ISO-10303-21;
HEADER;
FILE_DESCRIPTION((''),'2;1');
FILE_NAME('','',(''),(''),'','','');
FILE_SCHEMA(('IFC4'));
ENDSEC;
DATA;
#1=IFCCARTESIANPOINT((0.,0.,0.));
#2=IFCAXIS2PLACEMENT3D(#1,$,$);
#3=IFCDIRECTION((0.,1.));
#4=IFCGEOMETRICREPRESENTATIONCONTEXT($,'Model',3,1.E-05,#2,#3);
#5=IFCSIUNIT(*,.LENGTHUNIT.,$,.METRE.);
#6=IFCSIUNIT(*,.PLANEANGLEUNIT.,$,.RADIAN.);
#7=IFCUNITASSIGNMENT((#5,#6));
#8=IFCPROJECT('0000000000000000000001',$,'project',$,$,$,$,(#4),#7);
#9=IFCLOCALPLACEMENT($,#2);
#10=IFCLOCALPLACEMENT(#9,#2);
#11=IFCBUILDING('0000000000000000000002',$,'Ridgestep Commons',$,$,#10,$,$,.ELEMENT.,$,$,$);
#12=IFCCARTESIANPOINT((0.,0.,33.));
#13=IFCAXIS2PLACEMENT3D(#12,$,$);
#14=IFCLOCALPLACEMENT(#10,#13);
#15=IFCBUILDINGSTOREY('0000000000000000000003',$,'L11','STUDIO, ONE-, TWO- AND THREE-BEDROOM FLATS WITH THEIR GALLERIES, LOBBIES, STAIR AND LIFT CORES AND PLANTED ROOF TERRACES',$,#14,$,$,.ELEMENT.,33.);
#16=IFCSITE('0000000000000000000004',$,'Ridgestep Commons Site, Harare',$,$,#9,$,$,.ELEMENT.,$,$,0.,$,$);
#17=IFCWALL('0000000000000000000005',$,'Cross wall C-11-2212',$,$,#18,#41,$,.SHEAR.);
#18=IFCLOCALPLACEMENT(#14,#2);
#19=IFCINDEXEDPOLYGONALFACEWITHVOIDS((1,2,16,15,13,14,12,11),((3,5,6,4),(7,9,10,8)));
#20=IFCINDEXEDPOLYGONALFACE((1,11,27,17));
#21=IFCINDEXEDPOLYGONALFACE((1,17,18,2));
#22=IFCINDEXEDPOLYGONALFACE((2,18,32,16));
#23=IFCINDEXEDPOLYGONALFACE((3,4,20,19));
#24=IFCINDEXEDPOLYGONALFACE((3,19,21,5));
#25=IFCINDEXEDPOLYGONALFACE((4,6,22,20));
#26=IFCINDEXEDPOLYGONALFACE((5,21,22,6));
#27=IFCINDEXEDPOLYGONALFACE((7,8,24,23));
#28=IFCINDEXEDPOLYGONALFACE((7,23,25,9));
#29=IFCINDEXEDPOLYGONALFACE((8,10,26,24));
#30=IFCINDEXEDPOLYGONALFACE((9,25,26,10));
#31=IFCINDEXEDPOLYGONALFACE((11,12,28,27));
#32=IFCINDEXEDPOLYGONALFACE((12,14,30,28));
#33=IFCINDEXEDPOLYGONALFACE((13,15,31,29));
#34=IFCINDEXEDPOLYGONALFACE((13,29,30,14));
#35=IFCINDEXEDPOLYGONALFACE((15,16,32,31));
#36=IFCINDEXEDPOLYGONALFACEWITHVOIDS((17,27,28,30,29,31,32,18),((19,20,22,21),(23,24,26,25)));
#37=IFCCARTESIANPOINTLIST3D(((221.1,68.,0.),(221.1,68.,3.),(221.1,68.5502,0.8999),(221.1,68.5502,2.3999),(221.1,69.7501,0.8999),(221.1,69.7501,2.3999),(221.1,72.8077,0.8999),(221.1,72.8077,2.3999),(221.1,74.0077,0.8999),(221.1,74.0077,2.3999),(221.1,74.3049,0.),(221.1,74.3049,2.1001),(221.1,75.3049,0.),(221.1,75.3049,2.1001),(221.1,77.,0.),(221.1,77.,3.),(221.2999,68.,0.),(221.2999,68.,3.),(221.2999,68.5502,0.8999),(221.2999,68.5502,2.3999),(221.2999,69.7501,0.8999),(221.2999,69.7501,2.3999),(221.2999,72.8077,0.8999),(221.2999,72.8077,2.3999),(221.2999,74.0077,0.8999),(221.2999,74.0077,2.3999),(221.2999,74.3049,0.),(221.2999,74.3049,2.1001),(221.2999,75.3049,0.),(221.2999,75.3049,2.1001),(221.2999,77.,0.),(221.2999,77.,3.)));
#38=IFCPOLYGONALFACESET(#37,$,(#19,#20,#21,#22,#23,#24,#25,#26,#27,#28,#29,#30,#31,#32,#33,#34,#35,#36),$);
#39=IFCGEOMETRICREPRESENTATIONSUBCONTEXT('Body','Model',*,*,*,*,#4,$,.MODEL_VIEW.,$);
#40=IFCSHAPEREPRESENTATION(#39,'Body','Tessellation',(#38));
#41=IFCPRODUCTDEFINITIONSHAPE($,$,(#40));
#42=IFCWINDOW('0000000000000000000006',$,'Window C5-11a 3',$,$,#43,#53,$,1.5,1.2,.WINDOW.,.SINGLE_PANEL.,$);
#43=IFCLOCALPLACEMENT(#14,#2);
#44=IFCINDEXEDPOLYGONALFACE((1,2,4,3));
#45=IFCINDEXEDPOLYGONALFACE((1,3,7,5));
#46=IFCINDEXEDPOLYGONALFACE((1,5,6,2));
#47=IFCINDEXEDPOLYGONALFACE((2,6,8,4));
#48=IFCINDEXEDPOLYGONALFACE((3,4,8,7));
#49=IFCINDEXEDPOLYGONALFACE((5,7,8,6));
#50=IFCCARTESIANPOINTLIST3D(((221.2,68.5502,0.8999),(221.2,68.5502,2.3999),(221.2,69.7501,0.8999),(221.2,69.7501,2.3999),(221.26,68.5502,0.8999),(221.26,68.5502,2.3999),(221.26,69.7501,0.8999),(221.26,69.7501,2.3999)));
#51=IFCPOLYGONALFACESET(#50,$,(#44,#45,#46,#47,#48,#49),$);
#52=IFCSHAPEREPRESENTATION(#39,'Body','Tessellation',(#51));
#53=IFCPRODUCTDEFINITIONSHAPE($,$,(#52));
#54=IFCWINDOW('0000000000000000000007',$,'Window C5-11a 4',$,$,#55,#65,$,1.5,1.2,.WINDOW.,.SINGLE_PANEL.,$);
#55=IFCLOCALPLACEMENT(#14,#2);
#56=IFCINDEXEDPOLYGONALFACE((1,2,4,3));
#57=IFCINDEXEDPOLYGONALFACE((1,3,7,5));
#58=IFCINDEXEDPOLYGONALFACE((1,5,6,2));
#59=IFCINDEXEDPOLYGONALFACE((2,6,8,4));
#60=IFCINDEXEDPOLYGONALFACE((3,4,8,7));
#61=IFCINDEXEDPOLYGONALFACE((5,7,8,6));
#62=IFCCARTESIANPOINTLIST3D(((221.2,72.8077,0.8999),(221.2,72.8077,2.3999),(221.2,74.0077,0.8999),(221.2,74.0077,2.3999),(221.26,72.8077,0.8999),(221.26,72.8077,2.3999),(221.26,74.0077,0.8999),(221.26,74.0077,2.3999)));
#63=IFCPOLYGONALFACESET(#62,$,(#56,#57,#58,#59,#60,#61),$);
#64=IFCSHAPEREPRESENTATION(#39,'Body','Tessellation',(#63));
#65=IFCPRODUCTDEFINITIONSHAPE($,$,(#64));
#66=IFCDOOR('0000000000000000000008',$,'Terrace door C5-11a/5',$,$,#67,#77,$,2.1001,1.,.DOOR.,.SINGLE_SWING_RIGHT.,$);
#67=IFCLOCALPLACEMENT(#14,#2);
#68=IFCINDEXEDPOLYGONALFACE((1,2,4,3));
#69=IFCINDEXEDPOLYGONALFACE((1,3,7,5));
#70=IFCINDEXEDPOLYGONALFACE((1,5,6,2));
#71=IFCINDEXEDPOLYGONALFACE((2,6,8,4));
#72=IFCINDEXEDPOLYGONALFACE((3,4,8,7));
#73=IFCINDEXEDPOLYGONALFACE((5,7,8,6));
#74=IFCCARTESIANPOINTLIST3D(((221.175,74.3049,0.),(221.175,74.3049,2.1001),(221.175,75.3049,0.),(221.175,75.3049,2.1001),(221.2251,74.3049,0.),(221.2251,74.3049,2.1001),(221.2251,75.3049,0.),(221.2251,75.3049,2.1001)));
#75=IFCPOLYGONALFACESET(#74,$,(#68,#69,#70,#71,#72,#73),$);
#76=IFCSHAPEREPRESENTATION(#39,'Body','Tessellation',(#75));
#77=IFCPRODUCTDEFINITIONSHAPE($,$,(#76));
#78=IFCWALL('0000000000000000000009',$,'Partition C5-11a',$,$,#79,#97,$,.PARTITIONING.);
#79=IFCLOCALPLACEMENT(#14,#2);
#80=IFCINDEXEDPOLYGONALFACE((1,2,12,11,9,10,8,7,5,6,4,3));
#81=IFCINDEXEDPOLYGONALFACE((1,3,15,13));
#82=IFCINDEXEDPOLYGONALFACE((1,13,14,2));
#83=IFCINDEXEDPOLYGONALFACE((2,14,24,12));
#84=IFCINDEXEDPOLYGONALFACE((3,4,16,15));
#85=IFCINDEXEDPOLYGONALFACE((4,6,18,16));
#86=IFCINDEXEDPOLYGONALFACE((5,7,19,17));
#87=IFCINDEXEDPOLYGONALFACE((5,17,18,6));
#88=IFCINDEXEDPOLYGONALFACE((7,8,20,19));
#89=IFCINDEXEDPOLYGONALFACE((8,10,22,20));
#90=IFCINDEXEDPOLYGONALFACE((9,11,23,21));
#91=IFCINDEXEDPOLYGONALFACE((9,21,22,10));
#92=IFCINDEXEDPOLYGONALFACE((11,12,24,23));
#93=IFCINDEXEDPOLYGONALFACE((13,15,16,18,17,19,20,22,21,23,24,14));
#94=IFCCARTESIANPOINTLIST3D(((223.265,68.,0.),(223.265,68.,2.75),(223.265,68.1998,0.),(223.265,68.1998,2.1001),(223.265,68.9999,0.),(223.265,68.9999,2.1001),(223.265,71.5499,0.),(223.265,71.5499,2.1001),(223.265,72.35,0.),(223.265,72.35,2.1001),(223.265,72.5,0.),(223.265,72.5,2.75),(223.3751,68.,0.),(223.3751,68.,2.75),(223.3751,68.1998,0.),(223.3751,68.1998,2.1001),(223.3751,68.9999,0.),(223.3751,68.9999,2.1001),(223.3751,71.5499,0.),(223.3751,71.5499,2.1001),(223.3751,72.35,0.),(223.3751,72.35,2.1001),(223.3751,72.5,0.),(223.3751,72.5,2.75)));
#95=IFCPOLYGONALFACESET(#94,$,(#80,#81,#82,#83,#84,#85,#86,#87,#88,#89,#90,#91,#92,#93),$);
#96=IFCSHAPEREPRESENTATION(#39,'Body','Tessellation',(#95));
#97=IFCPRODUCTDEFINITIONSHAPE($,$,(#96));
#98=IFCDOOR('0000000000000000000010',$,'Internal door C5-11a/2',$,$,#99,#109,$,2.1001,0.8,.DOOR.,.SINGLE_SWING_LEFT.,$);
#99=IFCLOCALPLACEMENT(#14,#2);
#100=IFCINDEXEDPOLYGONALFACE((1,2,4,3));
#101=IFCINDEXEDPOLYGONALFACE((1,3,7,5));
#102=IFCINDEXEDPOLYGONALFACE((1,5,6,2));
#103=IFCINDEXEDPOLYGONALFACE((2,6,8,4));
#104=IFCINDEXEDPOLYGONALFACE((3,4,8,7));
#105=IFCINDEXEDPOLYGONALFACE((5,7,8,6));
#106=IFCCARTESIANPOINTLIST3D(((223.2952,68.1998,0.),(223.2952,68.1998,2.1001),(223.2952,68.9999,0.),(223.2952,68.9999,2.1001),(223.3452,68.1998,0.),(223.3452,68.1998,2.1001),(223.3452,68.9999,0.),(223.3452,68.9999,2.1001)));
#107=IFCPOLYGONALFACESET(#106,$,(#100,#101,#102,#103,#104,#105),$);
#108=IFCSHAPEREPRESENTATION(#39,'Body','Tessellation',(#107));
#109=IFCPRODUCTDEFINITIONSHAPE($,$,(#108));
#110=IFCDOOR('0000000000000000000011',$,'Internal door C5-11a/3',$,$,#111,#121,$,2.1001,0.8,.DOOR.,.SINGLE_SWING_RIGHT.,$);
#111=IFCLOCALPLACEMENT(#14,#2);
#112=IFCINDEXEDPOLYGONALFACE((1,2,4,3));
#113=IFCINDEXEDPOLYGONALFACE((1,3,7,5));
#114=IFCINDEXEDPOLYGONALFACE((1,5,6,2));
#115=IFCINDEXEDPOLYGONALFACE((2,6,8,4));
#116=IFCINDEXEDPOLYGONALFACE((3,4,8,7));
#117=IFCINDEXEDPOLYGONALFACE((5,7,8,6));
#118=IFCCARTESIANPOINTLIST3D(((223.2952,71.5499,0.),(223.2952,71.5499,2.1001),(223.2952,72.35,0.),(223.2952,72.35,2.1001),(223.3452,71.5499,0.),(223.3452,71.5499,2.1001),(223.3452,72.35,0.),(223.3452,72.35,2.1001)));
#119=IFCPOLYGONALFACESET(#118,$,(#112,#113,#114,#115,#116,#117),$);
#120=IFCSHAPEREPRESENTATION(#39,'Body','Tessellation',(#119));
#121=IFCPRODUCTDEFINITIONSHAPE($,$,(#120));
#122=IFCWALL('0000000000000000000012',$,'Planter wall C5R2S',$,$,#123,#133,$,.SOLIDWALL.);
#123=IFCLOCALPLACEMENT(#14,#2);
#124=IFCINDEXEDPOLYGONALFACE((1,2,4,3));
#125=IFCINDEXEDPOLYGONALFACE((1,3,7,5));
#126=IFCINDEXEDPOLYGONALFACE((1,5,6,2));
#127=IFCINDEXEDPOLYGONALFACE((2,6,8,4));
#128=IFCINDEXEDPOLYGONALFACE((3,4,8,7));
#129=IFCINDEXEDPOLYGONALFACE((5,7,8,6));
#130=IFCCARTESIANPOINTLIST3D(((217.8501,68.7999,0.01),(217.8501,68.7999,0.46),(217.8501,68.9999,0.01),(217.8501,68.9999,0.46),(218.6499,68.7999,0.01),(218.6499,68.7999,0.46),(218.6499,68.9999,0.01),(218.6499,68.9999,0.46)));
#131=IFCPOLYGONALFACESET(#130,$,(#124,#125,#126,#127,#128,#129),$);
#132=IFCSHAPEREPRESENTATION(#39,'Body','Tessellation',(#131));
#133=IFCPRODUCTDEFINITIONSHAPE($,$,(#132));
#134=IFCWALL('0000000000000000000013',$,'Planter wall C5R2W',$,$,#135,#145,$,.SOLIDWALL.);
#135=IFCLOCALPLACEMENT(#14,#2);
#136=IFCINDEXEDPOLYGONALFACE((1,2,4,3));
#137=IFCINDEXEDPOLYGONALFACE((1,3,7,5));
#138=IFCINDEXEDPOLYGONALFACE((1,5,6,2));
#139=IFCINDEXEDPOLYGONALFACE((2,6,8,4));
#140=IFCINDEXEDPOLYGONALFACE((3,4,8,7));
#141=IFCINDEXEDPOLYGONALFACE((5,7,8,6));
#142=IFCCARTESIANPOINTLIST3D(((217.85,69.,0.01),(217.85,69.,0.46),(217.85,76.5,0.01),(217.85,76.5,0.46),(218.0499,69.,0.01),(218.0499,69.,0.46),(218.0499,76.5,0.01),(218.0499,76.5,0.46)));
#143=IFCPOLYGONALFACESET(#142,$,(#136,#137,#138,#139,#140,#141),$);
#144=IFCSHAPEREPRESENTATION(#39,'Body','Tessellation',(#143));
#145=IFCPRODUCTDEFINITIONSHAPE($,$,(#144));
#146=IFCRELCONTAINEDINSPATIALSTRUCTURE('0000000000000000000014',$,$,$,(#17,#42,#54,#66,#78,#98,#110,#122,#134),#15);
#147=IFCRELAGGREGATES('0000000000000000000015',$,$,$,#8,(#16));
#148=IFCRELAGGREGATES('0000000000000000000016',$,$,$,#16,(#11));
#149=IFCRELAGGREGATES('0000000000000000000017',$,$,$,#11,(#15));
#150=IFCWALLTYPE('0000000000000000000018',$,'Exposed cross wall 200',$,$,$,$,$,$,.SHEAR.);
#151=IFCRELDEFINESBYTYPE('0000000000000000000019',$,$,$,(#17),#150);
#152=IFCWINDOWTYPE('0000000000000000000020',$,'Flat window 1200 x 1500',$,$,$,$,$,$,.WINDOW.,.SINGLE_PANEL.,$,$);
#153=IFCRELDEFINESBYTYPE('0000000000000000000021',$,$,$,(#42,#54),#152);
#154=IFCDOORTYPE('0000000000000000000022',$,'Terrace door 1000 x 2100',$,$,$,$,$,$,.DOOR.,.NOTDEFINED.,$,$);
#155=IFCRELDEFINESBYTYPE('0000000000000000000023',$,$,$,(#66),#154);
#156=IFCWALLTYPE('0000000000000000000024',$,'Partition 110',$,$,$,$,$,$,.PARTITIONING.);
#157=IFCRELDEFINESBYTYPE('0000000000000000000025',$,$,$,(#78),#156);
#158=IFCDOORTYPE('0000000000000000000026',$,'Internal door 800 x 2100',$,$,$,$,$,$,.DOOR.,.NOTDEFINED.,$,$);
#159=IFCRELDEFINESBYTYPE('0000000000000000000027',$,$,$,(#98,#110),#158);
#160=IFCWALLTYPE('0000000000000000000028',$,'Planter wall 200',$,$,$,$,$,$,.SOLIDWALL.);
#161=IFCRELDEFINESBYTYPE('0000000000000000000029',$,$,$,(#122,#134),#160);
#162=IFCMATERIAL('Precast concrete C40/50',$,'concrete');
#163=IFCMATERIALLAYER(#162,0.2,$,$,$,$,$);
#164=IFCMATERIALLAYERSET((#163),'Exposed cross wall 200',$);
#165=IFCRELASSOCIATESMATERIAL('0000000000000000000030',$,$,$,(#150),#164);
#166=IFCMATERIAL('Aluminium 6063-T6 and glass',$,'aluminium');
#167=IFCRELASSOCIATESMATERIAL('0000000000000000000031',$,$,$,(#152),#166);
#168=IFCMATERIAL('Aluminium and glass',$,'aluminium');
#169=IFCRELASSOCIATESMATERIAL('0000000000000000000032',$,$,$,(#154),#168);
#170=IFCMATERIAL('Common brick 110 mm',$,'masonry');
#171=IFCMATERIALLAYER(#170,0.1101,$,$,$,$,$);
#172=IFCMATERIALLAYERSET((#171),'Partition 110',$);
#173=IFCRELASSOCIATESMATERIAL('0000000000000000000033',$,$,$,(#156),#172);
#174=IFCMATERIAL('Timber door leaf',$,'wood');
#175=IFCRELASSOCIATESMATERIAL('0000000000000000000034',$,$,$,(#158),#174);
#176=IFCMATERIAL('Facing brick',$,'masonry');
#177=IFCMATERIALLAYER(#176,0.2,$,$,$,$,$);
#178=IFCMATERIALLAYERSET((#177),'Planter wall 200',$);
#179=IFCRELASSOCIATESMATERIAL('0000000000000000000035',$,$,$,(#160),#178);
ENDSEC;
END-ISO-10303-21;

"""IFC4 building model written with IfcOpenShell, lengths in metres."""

from ifc_helpers import new_model, si_unit, direction, frame, frame_2d, origin, place, context, subcontext, project, spatial, rectangle, extrude, material, layer, layer_set, type_object, element, fill, save


model = new_model("IFC4")

# Units and contexts
model_context = context("Model", 3, precision=1e-05, world=origin(), true_north=direction((0.0, 1.0)))
body_context = subcontext(model_context, "Body", "Model", "MODEL_VIEW")
ifc_project = project(units=[si_unit("LENGTHUNIT", "METRE"), si_unit("PLANEANGLEUNIT", "RADIAN")], contexts=[model_context])

# Site, building, storey
site_placement = place(None, origin())
site = spatial("IfcSite", under=ifc_project, at=site_placement, Name="Ridgestep Commons Site, Harare", CompositionType="ELEMENT", RefElevation=0.0)
building_placement = place(site_placement, origin())
building = spatial("IfcBuilding", under=site, at=building_placement, Name="Ridgestep Commons", CompositionType="ELEMENT")
storey_placement = place(building_placement, frame((0.0, 0.0, 33.0)))
storey = spatial("IfcBuildingStorey", under=building, at=storey_placement, Name="L11", Description="STUDIO, ONE-, TWO- AND THREE-BEDROOM FLATS WITH THEIR GALLERIES, LOBBIES, STAIR AND LIFT CORES AND PLANTED ROOF TERRACES", CompositionType="ELEMENT", Elevation=33.0)

# Wall, openings, windows, door
ifc_material_1 = material(Name="Precast concrete C40/50", Category="concrete")
ifc_layer_1 = layer(ifc_material_1, 0.2)
ifc_layer_set_1 = layer_set([ifc_layer_1], Name="Exposed cross wall 200")
wall_type_1 = type_object("IfcWallType", Name="Exposed cross wall 200", PredefinedType="SHEAR", material=ifc_layer_set_1)
wall_1_placement = place(storey_placement, frame((221.2, 68.0, 0.0), z_axis=(0.0, 0.0, 1.0), x_axis=(0.0, 1.0, 0.0)))
wall_1 = element("IfcWall", 1, at=wall_1_placement, inside=storey, type_object=wall_type_1, Name="Cross wall C-11-2212", PredefinedType="SHEAR", context=body_context, shape_type="SweptSolid", body=[
    extrude(rectangle(XDim=9.0, YDim=0.2, at=frame_2d((4.5, 0.0))), origin(), (0.0, 0.0, 1.0), 3.0),
])
opening_1_placement = place(wall_1_placement, frame((0.55, 0.0, 0.8999)))
opening_1 = element("IfcOpeningElement", 2, at=opening_1_placement, cuts=wall_1, PredefinedType="OPENING", context=body_context, shape_type="SweptSolid", body=[
    extrude(rectangle(XDim=1.2, YDim=1.5, at=frame_2d((0.6001, 0.75))), frame((0.0, 0.1099, 0.0), z_axis=(0.0, -1.0, 0.0), x_axis=(1.0, 0.0, 0.0)), (0.0, 0.0, 1.0), 0.22),
])
opening_2_placement = place(wall_1_placement, frame((4.8076, 0.0, 0.8999)))
opening_2 = element("IfcOpeningElement", 3, at=opening_2_placement, cuts=wall_1, PredefinedType="OPENING", context=body_context, shape_type="SweptSolid", body=[
    extrude(rectangle(XDim=1.2, YDim=1.5, at=frame_2d((0.6001, 0.75))), frame((0.0, 0.1099, 0.0), z_axis=(0.0, -1.0, 0.0), x_axis=(1.0, 0.0, 0.0)), (0.0, 0.0, 1.0), 0.22),
])
opening_3_placement = place(wall_1_placement, frame((6.3049, 0.0, 0.0)))
opening_3 = element("IfcOpeningElement", 4, at=opening_3_placement, cuts=wall_1, PredefinedType="OPENING", context=body_context, shape_type="SweptSolid", body=[
    extrude(rectangle(XDim=1.0, YDim=2.1001, at=frame_2d((0.5, 1.05))), frame((0.0, 0.1099, 0.0), z_axis=(0.0, -1.0, 0.0), x_axis=(1.0, 0.0, 0.0)), (0.0, 0.0, 1.0), 0.22),
])
ifc_material_2 = material(Name="Aluminium 6063-T6 and glass", Category="aluminium")
window_type_1 = type_object("IfcWindowType", Name="Flat window 1200 x 1500", PartitioningType="SINGLE_PANEL", PredefinedType="WINDOW", material=ifc_material_2)
window_1_placement = place(opening_1_placement, origin())
window_1 = element("IfcWindow", 5, at=window_1_placement, inside=storey, type_object=window_type_1, Name="Window C5-11a 3", OverallHeight=1.5, OverallWidth=1.2, PartitioningType="SINGLE_PANEL", PredefinedType="WINDOW", context=body_context, shape_type="SweptSolid", body=[
    extrude(rectangle(XDim=1.2, YDim=1.5, at=frame_2d((0.6001, 0.75))), frame((0.0, 0.0, 0.0), z_axis=(0.0, -1.0, 0.0), x_axis=(1.0, 0.0, 0.0)), (0.0, 0.0, 1.0), 0.0601),
])
fill(opening_1, window_1)
window_2_placement = place(opening_2_placement, origin())
window_2 = element("IfcWindow", 6, at=window_2_placement, inside=storey, type_object=window_type_1, Name="Window C5-11a 4", OverallHeight=1.5, OverallWidth=1.2, PartitioningType="SINGLE_PANEL", PredefinedType="WINDOW", context=body_context, shape_type="SweptSolid", body=[
    extrude(rectangle(XDim=1.2, YDim=1.5, at=frame_2d((0.6001, 0.75))), frame((0.0, 0.0, 0.0), z_axis=(0.0, -1.0, 0.0), x_axis=(1.0, 0.0, 0.0)), (0.0, 0.0, 1.0), 0.0601),
])
fill(opening_2, window_2)
ifc_material_3 = material(Name="Aluminium and glass", Category="aluminium")
door_type_1 = type_object("IfcDoorType", Name="Terrace door 1000 x 2100", OperationType="NOTDEFINED", PredefinedType="DOOR", material=ifc_material_3)
door_1_placement = place(opening_3_placement, origin())
door_1 = element("IfcDoor", 7, at=door_1_placement, inside=storey, type_object=door_type_1, Name="Terrace door C5-11a/5", OperationType="SINGLE_SWING_RIGHT", OverallHeight=2.1001, OverallWidth=1.0, PredefinedType="DOOR", context=body_context, shape_type="SweptSolid", body=[
    extrude(rectangle(XDim=1.0, YDim=2.1001, at=frame_2d((0.5, 1.05))), frame((0.0, 0.0249, 0.0), z_axis=(0.0, -1.0, 0.0), x_axis=(1.0, 0.0, 0.0)), (0.0, 0.0, 1.0), 0.05),
])
fill(opening_3, door_1)

# Wall, openings, doors
ifc_material_4 = material(Name="Common brick 110 mm", Category="masonry")
ifc_layer_2 = layer(ifc_material_4, 0.1101)
ifc_layer_set_2 = layer_set([ifc_layer_2], Name="Partition 110")
wall_type_2 = type_object("IfcWallType", Name="Partition 110", PredefinedType="PARTITIONING", material=ifc_layer_set_2)
wall_2_placement = place(storey_placement, frame((223.3201, 68.0, 0.0), z_axis=(0.0, 0.0, 1.0), x_axis=(0.0, 1.0, 0.0)))
wall_2 = element("IfcWall", 8, at=wall_2_placement, inside=storey, type_object=wall_type_2, Name="Partition C5-11a", PredefinedType="PARTITIONING", context=body_context, shape_type="SweptSolid", body=[
    extrude(rectangle(XDim=4.5, YDim=0.1101, at=frame_2d((2.25, 0.0))), origin(), (0.0, 0.0, 1.0), 2.75),
])
opening_4_placement = place(wall_2_placement, frame((0.2, 0.0, 0.0)))
opening_4 = element("IfcOpeningElement", 9, at=opening_4_placement, cuts=wall_2, PredefinedType="OPENING", context=body_context, shape_type="SweptSolid", body=[
    extrude(rectangle(XDim=0.8, YDim=2.1001, at=frame_2d((0.3999, 1.05))), frame((0.0, 0.0649, 0.0), z_axis=(0.0, -1.0, 0.0), x_axis=(1.0, 0.0, 0.0)), (0.0, 0.0, 1.0), 0.1301),
])
opening_5_placement = place(wall_2_placement, frame((3.55, 0.0, 0.0)))
opening_5 = element("IfcOpeningElement", 10, at=opening_5_placement, cuts=wall_2, PredefinedType="OPENING", context=body_context, shape_type="SweptSolid", body=[
    extrude(rectangle(XDim=0.8, YDim=2.1001, at=frame_2d((0.3999, 1.05))), frame((0.0, 0.0649, 0.0), z_axis=(0.0, -1.0, 0.0), x_axis=(1.0, 0.0, 0.0)), (0.0, 0.0, 1.0), 0.1301),
])
ifc_material_5 = material(Name="Timber door leaf", Category="wood")
door_type_2 = type_object("IfcDoorType", Name="Internal door 800 x 2100", OperationType="NOTDEFINED", PredefinedType="DOOR", material=ifc_material_5)
door_2_placement = place(opening_4_placement, origin())
door_2 = element("IfcDoor", 11, at=door_2_placement, inside=storey, type_object=door_type_2, Name="Internal door C5-11a/2", OperationType="SINGLE_SWING_LEFT", OverallHeight=2.1001, OverallWidth=0.8, PredefinedType="DOOR", context=body_context, shape_type="SweptSolid", body=[
    extrude(rectangle(XDim=0.8, YDim=2.1001, at=frame_2d((0.3999, 1.05))), frame((0.0, 0.0249, 0.0), z_axis=(0.0, -1.0, 0.0), x_axis=(1.0, 0.0, 0.0)), (0.0, 0.0, 1.0), 0.05),
])
fill(opening_4, door_2)
door_3_placement = place(opening_5_placement, origin())
door_3 = element("IfcDoor", 12, at=door_3_placement, inside=storey, type_object=door_type_2, Name="Internal door C5-11a/3", OperationType="SINGLE_SWING_RIGHT", OverallHeight=2.1001, OverallWidth=0.8, PredefinedType="DOOR", context=body_context, shape_type="SweptSolid", body=[
    extrude(rectangle(XDim=0.8, YDim=2.1001, at=frame_2d((0.3999, 1.05))), frame((0.0, 0.0249, 0.0), z_axis=(0.0, -1.0, 0.0), x_axis=(1.0, 0.0, 0.0)), (0.0, 0.0, 1.0), 0.05),
])
fill(opening_5, door_3)

# Walls
ifc_material_6 = material(Name="Facing brick", Category="masonry")
ifc_layer_3 = layer(ifc_material_6, 0.2)
ifc_layer_set_3 = layer_set([ifc_layer_3], Name="Planter wall 200")
wall_type_3 = type_object("IfcWallType", Name="Planter wall 200", PredefinedType="SOLIDWALL", material=ifc_layer_set_3)
wall_3_placement = place(storey_placement, frame((217.8501, 68.8999, 0.01), z_axis=(0.0, 0.0, 1.0), x_axis=(1.0, 0.0, 0.0)))
element("IfcWall", 13, at=wall_3_placement, inside=storey, type_object=wall_type_3, Name="Planter wall C5R2S", PredefinedType="SOLIDWALL", context=body_context, shape_type="SweptSolid", body=[
    extrude(rectangle(XDim=0.7998, YDim=0.2, at=frame_2d((0.3999, 0.0))), origin(), (0.0, 0.0, 1.0), 0.45),
])
wall_4_placement = place(storey_placement, frame((217.95, 69.0, 0.01), z_axis=(0.0, 0.0, 1.0), x_axis=(0.0, 1.0, 0.0)))
element("IfcWall", 14, at=wall_4_placement, inside=storey, type_object=wall_type_3, Name="Planter wall C5R2W", PredefinedType="SOLIDWALL", context=body_context, shape_type="SweptSolid", body=[
    extrude(rectangle(XDim=7.5, YDim=0.2, at=frame_2d((3.75, 0.0))), origin(), (0.0, 0.0, 1.0), 0.45),
])

save(model, "model.ifc")
